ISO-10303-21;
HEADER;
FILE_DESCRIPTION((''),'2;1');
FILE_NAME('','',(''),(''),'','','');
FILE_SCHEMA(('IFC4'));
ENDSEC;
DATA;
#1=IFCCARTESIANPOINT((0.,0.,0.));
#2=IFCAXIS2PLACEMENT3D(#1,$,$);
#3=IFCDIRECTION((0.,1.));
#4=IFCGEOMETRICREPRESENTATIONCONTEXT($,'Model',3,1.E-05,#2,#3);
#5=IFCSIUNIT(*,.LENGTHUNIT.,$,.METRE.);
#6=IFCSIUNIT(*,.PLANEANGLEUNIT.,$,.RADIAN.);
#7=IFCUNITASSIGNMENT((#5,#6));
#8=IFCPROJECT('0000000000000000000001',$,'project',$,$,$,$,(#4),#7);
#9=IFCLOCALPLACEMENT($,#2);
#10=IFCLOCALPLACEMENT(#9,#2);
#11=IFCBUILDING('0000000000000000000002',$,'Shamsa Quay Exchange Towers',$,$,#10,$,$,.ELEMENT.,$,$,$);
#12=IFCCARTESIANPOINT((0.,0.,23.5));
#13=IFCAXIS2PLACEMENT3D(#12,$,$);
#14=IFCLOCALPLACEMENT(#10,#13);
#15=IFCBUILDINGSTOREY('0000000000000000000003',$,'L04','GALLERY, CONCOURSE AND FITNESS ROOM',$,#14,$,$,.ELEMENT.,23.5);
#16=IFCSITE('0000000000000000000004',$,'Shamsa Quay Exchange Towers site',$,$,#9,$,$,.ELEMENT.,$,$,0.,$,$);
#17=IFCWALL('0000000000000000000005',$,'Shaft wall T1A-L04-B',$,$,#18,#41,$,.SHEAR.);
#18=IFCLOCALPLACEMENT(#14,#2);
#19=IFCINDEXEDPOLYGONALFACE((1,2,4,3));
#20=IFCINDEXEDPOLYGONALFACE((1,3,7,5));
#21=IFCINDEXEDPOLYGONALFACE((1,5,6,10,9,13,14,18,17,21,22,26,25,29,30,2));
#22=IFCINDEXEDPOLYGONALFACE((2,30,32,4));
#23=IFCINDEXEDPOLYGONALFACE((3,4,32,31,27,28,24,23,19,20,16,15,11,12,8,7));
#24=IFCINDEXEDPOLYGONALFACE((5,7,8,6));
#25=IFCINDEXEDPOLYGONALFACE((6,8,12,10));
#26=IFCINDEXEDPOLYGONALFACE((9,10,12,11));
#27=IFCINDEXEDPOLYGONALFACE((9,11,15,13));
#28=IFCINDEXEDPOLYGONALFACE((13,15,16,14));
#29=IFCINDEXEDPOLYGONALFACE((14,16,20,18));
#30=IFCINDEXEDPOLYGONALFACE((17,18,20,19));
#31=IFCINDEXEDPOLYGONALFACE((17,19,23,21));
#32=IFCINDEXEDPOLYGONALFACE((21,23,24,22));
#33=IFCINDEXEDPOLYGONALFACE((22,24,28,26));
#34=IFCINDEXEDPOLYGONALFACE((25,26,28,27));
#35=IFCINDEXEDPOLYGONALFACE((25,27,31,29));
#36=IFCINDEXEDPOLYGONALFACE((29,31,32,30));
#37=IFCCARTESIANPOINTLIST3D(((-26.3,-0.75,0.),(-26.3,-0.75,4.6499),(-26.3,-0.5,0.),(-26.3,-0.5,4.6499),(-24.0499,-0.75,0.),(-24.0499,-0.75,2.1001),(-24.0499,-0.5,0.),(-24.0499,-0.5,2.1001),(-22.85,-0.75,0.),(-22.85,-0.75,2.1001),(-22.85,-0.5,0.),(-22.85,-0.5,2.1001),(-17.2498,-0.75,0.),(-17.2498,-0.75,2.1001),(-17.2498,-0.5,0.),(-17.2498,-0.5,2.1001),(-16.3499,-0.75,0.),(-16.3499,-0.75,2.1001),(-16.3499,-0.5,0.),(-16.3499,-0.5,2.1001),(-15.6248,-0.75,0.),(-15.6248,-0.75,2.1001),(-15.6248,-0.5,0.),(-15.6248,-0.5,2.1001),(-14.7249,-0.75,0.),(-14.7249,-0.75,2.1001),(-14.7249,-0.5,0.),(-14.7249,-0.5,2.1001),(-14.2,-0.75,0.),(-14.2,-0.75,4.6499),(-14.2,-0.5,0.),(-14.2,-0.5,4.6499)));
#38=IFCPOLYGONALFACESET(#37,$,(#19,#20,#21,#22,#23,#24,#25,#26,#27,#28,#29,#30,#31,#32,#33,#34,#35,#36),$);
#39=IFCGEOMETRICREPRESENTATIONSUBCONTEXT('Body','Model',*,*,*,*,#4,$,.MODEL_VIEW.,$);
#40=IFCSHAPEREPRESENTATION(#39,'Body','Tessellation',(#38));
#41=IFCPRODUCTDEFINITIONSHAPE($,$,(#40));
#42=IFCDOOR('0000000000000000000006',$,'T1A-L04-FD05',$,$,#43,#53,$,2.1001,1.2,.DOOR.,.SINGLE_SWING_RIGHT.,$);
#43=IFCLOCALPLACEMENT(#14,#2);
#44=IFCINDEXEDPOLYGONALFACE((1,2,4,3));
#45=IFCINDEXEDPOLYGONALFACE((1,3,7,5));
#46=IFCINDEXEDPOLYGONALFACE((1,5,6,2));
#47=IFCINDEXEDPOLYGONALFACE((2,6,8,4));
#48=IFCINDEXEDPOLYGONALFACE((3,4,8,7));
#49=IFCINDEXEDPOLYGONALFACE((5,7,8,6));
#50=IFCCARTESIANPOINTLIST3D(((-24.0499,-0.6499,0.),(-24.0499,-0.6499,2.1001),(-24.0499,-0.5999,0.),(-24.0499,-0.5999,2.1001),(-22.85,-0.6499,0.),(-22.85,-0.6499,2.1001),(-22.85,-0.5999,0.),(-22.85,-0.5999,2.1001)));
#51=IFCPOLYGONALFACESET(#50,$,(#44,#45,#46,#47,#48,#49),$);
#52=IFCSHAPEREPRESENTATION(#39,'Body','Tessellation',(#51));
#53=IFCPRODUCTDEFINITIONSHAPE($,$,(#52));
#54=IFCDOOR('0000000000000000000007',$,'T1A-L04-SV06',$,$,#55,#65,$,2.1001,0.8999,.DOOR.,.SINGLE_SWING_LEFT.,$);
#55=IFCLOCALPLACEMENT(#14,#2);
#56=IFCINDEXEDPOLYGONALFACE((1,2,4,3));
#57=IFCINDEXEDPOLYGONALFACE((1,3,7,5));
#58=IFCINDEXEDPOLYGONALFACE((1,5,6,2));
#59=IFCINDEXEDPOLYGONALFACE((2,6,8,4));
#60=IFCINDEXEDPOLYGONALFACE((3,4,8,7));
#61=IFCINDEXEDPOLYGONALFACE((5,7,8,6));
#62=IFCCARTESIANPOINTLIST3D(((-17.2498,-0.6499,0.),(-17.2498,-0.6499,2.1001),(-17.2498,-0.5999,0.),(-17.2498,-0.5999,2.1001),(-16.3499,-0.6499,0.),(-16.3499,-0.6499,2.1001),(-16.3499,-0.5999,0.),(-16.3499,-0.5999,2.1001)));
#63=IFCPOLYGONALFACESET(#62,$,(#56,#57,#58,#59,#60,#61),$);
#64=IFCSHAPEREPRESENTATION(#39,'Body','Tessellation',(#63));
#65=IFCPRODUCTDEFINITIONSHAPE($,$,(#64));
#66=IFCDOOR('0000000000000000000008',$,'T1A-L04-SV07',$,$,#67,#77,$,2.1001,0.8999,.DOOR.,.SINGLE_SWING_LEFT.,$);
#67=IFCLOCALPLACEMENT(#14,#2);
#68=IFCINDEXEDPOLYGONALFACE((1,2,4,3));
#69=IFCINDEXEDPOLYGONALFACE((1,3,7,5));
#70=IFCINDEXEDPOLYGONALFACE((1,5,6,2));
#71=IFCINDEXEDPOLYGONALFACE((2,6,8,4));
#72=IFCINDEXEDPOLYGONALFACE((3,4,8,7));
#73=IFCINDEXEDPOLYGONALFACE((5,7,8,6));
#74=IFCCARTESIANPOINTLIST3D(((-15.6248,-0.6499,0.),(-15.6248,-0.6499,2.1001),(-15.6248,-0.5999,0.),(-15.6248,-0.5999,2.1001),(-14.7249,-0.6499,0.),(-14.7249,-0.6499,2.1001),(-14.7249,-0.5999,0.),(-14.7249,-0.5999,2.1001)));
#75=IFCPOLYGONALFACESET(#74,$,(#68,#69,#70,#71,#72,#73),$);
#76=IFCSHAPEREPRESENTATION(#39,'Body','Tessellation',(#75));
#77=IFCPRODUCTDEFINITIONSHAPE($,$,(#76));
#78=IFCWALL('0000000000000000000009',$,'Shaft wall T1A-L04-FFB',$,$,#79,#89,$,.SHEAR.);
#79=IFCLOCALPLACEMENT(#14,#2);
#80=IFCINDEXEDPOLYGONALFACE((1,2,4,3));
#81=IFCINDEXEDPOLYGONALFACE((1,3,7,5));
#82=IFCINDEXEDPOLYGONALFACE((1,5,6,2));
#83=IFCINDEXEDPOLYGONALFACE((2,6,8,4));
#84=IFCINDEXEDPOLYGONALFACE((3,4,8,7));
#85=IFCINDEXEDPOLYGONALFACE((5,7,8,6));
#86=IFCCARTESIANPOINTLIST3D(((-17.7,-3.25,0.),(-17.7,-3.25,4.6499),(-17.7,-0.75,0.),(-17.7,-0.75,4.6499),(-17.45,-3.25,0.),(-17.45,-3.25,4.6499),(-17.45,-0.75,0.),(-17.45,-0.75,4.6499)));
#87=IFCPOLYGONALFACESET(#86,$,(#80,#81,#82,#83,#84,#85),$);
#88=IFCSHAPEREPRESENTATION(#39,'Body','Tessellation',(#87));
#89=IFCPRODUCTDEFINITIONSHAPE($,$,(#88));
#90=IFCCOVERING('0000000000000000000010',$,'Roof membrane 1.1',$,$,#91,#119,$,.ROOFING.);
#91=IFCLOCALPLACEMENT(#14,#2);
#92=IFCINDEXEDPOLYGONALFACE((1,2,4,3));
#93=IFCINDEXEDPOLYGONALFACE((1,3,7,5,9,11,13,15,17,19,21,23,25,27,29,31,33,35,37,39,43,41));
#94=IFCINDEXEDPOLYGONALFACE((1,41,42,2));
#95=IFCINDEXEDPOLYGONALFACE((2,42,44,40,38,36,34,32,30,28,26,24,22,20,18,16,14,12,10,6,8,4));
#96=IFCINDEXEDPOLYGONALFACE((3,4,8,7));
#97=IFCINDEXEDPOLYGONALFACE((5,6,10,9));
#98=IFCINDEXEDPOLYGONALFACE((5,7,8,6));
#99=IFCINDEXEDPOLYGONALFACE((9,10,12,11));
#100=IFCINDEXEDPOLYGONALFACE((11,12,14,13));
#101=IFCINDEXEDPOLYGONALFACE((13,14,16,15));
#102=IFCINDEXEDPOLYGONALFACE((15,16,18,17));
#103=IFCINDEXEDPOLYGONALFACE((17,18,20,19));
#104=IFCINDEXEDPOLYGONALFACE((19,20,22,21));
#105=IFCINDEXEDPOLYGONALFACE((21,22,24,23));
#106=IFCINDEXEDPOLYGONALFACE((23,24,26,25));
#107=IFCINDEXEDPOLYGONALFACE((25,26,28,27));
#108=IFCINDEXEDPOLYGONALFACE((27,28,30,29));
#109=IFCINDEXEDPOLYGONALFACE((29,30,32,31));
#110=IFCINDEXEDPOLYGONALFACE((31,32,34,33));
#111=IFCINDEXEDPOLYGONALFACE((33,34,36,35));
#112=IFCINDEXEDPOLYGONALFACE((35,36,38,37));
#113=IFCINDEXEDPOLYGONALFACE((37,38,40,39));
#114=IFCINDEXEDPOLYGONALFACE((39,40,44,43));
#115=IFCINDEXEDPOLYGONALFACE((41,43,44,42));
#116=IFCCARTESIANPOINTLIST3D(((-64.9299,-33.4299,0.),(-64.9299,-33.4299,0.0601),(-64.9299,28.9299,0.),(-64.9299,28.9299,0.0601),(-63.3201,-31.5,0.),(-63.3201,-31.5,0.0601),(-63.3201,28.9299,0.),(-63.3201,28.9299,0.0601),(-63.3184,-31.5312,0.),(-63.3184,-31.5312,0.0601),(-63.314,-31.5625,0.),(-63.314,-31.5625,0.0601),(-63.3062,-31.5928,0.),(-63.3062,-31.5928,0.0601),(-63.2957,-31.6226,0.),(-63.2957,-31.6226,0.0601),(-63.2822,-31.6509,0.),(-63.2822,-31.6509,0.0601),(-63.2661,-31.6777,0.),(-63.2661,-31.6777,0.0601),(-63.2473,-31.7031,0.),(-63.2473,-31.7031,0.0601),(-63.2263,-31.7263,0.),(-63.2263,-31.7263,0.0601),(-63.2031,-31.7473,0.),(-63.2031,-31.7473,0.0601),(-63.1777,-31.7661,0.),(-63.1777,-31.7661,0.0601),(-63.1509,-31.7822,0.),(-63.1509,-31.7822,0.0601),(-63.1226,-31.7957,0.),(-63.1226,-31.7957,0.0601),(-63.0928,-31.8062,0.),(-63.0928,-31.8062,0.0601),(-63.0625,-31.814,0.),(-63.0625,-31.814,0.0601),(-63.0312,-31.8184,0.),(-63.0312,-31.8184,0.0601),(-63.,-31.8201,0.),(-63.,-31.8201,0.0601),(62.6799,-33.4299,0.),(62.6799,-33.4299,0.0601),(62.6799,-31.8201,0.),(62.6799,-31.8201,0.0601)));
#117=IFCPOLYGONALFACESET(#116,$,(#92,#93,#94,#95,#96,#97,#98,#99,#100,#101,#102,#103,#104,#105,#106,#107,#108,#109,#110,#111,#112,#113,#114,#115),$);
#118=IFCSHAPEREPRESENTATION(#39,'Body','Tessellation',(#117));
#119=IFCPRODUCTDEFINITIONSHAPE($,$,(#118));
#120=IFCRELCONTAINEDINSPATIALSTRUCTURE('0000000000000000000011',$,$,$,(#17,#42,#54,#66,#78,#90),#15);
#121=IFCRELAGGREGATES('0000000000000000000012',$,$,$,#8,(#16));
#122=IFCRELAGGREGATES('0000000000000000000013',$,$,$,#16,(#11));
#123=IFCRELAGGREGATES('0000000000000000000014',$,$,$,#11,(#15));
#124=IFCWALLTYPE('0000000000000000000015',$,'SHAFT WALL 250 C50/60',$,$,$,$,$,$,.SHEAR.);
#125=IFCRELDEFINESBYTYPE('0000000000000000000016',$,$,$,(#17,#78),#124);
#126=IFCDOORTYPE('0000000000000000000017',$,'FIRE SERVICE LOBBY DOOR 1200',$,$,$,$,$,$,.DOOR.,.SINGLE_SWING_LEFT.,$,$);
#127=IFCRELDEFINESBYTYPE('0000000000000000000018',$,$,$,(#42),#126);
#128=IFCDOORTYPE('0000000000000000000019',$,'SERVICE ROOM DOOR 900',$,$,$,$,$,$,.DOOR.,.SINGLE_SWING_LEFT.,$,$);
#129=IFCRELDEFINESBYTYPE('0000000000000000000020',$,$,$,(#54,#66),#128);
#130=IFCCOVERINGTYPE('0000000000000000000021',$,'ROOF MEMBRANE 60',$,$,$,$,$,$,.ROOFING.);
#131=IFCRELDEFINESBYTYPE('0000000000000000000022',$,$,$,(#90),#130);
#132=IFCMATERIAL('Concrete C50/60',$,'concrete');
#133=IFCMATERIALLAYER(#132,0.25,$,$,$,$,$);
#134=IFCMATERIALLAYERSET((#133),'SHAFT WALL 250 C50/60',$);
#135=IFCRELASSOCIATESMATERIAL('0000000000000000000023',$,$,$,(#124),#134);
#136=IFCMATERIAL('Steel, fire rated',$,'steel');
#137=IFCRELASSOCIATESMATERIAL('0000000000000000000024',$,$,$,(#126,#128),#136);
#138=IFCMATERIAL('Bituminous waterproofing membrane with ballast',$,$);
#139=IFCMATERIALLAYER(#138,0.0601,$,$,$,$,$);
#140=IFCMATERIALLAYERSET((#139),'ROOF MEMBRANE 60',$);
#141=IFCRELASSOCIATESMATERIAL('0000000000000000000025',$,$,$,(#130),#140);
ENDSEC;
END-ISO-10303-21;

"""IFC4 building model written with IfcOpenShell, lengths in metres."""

from ifc_helpers import new_model, si_unit, direction, frame, frame_2d, origin, place, context, subcontext, project, spatial, polyline, rectangle, outline, extrude, material, layer, layer_set, type_object, element, fill, save


model = new_model("IFC4")

# Units and contexts
model_context = context("Model", 3, precision=1e-05, world=origin(), true_north=direction((0.0, 1.0)))
body_context = subcontext(model_context, "Body", "Model", "MODEL_VIEW")
ifc_project = project(units=[si_unit("LENGTHUNIT", "METRE"), si_unit("PLANEANGLEUNIT", "RADIAN")], contexts=[model_context])

# Site, building, storey
site_placement = place(None, origin())
site = spatial("IfcSite", under=ifc_project, at=site_placement, Name="Shamsa Quay Exchange Towers site", CompositionType="ELEMENT", RefElevation=0.0)
building_placement = place(site_placement, origin())
building = spatial("IfcBuilding", under=site, at=building_placement, Name="Shamsa Quay Exchange Towers", CompositionType="ELEMENT")
storey_placement = place(building_placement, frame((0.0, 0.0, 23.5)))
storey = spatial("IfcBuildingStorey", under=building, at=storey_placement, Name="L04", Description="GALLERY, CONCOURSE AND FITNESS ROOM", CompositionType="ELEMENT", Elevation=23.5)

# Shared definitions
ifc_material_1 = material(Name="Concrete C50/60", Category="concrete")
ifc_layer_1 = layer(ifc_material_1, 0.25)
ifc_layer_set_1 = layer_set([ifc_layer_1], Name="SHAFT WALL 250 C50/60")
wall_type_1 = type_object("IfcWallType", Name="SHAFT WALL 250 C50/60", PredefinedType="SHEAR", material=ifc_layer_set_1)
ifc_material_2 = material(Name="Steel, fire rated", Category="steel")

# Wall, openings, doors
wall_1_placement = place(storey_placement, frame((-14.2, -0.625, 0.0), z_axis=(0.0, 0.0, 1.0), x_axis=(-1.0, 0.0, 0.0)))
wall_1 = element("IfcWall", 1, at=wall_1_placement, inside=storey, type_object=wall_type_1, Name="Shaft wall T1A-L04-B", PredefinedType="SHEAR", context=body_context, shape_type="SweptSolid", body=[
    extrude(rectangle(XDim=12.1001, YDim=0.25, at=frame_2d((6.05, 0.0))), origin(), (0.0, 0.0, 1.0), 4.6499),
])
opening_1_placement = place(wall_1_placement, frame((8.6499, 0.0, 0.0)))
opening_1 = element("IfcOpeningElement", 2, at=opening_1_placement, cuts=wall_1, PredefinedType="OPENING", context=body_context, shape_type="SweptSolid", body=[
    extrude(rectangle(XDim=1.2, YDim=2.1001, at=frame_2d((0.6001, 1.05))), frame((0.0, 0.135, 0.0), z_axis=(0.0, -1.0, 0.0), x_axis=(1.0, 0.0, 0.0)), (0.0, 0.0, 1.0), 0.27),
])
opening_2_placement = place(wall_1_placement, frame((2.1499, 0.0, 0.0)))
opening_2 = element("IfcOpeningElement", 3, at=opening_2_placement, cuts=wall_1, PredefinedType="OPENING", context=body_context, shape_type="SweptSolid", body=[
    extrude(rectangle(XDim=0.8999, YDim=2.1001, at=frame_2d((0.45, 1.05))), frame((0.0, 0.135, 0.0), z_axis=(0.0, -1.0, 0.0), x_axis=(1.0, 0.0, 0.0)), (0.0, 0.0, 1.0), 0.27),
])
opening_3_placement = place(wall_1_placement, frame((0.5249, 0.0, 0.0)))
opening_3 = element("IfcOpeningElement", 4, at=opening_3_placement, cuts=wall_1, PredefinedType="OPENING", context=body_context, shape_type="SweptSolid", body=[
    extrude(rectangle(XDim=0.8999, YDim=2.1001, at=frame_2d((0.45, 1.05))), frame((0.0, 0.135, 0.0), z_axis=(0.0, -1.0, 0.0), x_axis=(1.0, 0.0, 0.0)), (0.0, 0.0, 1.0), 0.27),
])
door_type_1 = type_object("IfcDoorType", Name="FIRE SERVICE LOBBY DOOR 1200", OperationType="SINGLE_SWING_LEFT", PredefinedType="DOOR", material=ifc_material_2)
door_1_placement = place(opening_1_placement, origin())
door_1 = element("IfcDoor", 5, at=door_1_placement, inside=storey, type_object=door_type_1, Name="T1A-L04-FD05", OperationType="SINGLE_SWING_RIGHT", OverallHeight=2.1001, OverallWidth=1.2, PredefinedType="DOOR", context=body_context, shape_type="SweptSolid", body=[
    extrude(rectangle(XDim=1.2, YDim=2.1001, at=frame_2d((0.6001, 1.05))), frame((0.0, 0.0249, 0.0), z_axis=(0.0, -1.0, 0.0), x_axis=(1.0, 0.0, 0.0)), (0.0, 0.0, 1.0), 0.05),
])
fill(opening_1, door_1)
door_type_2 = type_object("IfcDoorType", Name="SERVICE ROOM DOOR 900", OperationType="SINGLE_SWING_LEFT", PredefinedType="DOOR", material=ifc_material_2)
door_2_placement = place(opening_2_placement, origin())
door_2 = element("IfcDoor", 6, at=door_2_placement, inside=storey, type_object=door_type_2, Name="T1A-L04-SV06", OperationType="SINGLE_SWING_LEFT", OverallHeight=2.1001, OverallWidth=0.8999, PredefinedType="DOOR", context=body_context, shape_type="SweptSolid", body=[
    extrude(rectangle(XDim=0.8999, YDim=2.1001, at=frame_2d((0.45, 1.05))), frame((0.0, 0.0249, 0.0), z_axis=(0.0, -1.0, 0.0), x_axis=(1.0, 0.0, 0.0)), (0.0, 0.0, 1.0), 0.05),
])
fill(opening_2, door_2)
door_3_placement = place(opening_3_placement, origin())
door_3 = element("IfcDoor", 7, at=door_3_placement, inside=storey, type_object=door_type_2, Name="T1A-L04-SV07", OperationType="SINGLE_SWING_LEFT", OverallHeight=2.1001, OverallWidth=0.8999, PredefinedType="DOOR", context=body_context, shape_type="SweptSolid", body=[
    extrude(rectangle(XDim=0.8999, YDim=2.1001, at=frame_2d((0.45, 1.05))), frame((0.0, 0.0249, 0.0), z_axis=(0.0, -1.0, 0.0), x_axis=(1.0, 0.0, 0.0)), (0.0, 0.0, 1.0), 0.05),
])
fill(opening_3, door_3)

# Wall
wall_2_placement = place(storey_placement, frame((-17.575, -3.25, 0.0), z_axis=(0.0, 0.0, 1.0), x_axis=(0.0, 1.0, 0.0)))
element("IfcWall", 8, at=wall_2_placement, inside=storey, type_object=wall_type_1, Name="Shaft wall T1A-L04-FFB", PredefinedType="SHEAR", context=body_context, shape_type="SweptSolid", body=[
    extrude(rectangle(XDim=2.5, YDim=0.25, at=frame_2d((1.25, 0.0))), origin(), (0.0, 0.0, 1.0), 4.6499),
])

# Covering
ifc_material_3 = material(Name="Bituminous waterproofing membrane with ballast")
ifc_layer_2 = layer(ifc_material_3, 0.0601)
ifc_layer_set_2 = layer_set([ifc_layer_2], Name="ROOF MEMBRANE 60")
covering_type = type_object("IfcCoveringType", Name="ROOF MEMBRANE 60", PredefinedType="ROOFING", material=ifc_layer_set_2)
covering_placement = place(storey_placement, origin())
element("IfcCovering", 9, at=covering_placement, inside=storey, type_object=covering_type, Name="Roof membrane 1.1", PredefinedType="ROOFING", context=body_context, shape_type="SweptSolid", body=[
    extrude(outline(polyline([(-63.3062, -31.5928), (-63.2957, -31.6226), (-63.2822, -31.6509), (-63.2661, -31.6777), (-63.2473, -31.7031), (-63.2263, -31.7263), (-63.2031, -31.7473), (-63.1777, -31.7661), (-63.1509, -31.7822), (-63.1226, -31.7957), (-63.0928, -31.8062), (-63.0625, -31.814), (-63.0312, -31.8184), (-63.0, -31.8201), (62.6799, -31.8201), (62.6799, -33.4299), (-64.9299, -33.4299), (-64.9299, 28.9299), (-63.3201, 28.9299), (-63.3201, -31.5), (-63.3184, -31.5312), (-63.314, -31.5625), (-63.3062, -31.5928)])), origin(), (0.0, 0.0, 1.0), 0.0601),
])

save(model, "model.ifc")
